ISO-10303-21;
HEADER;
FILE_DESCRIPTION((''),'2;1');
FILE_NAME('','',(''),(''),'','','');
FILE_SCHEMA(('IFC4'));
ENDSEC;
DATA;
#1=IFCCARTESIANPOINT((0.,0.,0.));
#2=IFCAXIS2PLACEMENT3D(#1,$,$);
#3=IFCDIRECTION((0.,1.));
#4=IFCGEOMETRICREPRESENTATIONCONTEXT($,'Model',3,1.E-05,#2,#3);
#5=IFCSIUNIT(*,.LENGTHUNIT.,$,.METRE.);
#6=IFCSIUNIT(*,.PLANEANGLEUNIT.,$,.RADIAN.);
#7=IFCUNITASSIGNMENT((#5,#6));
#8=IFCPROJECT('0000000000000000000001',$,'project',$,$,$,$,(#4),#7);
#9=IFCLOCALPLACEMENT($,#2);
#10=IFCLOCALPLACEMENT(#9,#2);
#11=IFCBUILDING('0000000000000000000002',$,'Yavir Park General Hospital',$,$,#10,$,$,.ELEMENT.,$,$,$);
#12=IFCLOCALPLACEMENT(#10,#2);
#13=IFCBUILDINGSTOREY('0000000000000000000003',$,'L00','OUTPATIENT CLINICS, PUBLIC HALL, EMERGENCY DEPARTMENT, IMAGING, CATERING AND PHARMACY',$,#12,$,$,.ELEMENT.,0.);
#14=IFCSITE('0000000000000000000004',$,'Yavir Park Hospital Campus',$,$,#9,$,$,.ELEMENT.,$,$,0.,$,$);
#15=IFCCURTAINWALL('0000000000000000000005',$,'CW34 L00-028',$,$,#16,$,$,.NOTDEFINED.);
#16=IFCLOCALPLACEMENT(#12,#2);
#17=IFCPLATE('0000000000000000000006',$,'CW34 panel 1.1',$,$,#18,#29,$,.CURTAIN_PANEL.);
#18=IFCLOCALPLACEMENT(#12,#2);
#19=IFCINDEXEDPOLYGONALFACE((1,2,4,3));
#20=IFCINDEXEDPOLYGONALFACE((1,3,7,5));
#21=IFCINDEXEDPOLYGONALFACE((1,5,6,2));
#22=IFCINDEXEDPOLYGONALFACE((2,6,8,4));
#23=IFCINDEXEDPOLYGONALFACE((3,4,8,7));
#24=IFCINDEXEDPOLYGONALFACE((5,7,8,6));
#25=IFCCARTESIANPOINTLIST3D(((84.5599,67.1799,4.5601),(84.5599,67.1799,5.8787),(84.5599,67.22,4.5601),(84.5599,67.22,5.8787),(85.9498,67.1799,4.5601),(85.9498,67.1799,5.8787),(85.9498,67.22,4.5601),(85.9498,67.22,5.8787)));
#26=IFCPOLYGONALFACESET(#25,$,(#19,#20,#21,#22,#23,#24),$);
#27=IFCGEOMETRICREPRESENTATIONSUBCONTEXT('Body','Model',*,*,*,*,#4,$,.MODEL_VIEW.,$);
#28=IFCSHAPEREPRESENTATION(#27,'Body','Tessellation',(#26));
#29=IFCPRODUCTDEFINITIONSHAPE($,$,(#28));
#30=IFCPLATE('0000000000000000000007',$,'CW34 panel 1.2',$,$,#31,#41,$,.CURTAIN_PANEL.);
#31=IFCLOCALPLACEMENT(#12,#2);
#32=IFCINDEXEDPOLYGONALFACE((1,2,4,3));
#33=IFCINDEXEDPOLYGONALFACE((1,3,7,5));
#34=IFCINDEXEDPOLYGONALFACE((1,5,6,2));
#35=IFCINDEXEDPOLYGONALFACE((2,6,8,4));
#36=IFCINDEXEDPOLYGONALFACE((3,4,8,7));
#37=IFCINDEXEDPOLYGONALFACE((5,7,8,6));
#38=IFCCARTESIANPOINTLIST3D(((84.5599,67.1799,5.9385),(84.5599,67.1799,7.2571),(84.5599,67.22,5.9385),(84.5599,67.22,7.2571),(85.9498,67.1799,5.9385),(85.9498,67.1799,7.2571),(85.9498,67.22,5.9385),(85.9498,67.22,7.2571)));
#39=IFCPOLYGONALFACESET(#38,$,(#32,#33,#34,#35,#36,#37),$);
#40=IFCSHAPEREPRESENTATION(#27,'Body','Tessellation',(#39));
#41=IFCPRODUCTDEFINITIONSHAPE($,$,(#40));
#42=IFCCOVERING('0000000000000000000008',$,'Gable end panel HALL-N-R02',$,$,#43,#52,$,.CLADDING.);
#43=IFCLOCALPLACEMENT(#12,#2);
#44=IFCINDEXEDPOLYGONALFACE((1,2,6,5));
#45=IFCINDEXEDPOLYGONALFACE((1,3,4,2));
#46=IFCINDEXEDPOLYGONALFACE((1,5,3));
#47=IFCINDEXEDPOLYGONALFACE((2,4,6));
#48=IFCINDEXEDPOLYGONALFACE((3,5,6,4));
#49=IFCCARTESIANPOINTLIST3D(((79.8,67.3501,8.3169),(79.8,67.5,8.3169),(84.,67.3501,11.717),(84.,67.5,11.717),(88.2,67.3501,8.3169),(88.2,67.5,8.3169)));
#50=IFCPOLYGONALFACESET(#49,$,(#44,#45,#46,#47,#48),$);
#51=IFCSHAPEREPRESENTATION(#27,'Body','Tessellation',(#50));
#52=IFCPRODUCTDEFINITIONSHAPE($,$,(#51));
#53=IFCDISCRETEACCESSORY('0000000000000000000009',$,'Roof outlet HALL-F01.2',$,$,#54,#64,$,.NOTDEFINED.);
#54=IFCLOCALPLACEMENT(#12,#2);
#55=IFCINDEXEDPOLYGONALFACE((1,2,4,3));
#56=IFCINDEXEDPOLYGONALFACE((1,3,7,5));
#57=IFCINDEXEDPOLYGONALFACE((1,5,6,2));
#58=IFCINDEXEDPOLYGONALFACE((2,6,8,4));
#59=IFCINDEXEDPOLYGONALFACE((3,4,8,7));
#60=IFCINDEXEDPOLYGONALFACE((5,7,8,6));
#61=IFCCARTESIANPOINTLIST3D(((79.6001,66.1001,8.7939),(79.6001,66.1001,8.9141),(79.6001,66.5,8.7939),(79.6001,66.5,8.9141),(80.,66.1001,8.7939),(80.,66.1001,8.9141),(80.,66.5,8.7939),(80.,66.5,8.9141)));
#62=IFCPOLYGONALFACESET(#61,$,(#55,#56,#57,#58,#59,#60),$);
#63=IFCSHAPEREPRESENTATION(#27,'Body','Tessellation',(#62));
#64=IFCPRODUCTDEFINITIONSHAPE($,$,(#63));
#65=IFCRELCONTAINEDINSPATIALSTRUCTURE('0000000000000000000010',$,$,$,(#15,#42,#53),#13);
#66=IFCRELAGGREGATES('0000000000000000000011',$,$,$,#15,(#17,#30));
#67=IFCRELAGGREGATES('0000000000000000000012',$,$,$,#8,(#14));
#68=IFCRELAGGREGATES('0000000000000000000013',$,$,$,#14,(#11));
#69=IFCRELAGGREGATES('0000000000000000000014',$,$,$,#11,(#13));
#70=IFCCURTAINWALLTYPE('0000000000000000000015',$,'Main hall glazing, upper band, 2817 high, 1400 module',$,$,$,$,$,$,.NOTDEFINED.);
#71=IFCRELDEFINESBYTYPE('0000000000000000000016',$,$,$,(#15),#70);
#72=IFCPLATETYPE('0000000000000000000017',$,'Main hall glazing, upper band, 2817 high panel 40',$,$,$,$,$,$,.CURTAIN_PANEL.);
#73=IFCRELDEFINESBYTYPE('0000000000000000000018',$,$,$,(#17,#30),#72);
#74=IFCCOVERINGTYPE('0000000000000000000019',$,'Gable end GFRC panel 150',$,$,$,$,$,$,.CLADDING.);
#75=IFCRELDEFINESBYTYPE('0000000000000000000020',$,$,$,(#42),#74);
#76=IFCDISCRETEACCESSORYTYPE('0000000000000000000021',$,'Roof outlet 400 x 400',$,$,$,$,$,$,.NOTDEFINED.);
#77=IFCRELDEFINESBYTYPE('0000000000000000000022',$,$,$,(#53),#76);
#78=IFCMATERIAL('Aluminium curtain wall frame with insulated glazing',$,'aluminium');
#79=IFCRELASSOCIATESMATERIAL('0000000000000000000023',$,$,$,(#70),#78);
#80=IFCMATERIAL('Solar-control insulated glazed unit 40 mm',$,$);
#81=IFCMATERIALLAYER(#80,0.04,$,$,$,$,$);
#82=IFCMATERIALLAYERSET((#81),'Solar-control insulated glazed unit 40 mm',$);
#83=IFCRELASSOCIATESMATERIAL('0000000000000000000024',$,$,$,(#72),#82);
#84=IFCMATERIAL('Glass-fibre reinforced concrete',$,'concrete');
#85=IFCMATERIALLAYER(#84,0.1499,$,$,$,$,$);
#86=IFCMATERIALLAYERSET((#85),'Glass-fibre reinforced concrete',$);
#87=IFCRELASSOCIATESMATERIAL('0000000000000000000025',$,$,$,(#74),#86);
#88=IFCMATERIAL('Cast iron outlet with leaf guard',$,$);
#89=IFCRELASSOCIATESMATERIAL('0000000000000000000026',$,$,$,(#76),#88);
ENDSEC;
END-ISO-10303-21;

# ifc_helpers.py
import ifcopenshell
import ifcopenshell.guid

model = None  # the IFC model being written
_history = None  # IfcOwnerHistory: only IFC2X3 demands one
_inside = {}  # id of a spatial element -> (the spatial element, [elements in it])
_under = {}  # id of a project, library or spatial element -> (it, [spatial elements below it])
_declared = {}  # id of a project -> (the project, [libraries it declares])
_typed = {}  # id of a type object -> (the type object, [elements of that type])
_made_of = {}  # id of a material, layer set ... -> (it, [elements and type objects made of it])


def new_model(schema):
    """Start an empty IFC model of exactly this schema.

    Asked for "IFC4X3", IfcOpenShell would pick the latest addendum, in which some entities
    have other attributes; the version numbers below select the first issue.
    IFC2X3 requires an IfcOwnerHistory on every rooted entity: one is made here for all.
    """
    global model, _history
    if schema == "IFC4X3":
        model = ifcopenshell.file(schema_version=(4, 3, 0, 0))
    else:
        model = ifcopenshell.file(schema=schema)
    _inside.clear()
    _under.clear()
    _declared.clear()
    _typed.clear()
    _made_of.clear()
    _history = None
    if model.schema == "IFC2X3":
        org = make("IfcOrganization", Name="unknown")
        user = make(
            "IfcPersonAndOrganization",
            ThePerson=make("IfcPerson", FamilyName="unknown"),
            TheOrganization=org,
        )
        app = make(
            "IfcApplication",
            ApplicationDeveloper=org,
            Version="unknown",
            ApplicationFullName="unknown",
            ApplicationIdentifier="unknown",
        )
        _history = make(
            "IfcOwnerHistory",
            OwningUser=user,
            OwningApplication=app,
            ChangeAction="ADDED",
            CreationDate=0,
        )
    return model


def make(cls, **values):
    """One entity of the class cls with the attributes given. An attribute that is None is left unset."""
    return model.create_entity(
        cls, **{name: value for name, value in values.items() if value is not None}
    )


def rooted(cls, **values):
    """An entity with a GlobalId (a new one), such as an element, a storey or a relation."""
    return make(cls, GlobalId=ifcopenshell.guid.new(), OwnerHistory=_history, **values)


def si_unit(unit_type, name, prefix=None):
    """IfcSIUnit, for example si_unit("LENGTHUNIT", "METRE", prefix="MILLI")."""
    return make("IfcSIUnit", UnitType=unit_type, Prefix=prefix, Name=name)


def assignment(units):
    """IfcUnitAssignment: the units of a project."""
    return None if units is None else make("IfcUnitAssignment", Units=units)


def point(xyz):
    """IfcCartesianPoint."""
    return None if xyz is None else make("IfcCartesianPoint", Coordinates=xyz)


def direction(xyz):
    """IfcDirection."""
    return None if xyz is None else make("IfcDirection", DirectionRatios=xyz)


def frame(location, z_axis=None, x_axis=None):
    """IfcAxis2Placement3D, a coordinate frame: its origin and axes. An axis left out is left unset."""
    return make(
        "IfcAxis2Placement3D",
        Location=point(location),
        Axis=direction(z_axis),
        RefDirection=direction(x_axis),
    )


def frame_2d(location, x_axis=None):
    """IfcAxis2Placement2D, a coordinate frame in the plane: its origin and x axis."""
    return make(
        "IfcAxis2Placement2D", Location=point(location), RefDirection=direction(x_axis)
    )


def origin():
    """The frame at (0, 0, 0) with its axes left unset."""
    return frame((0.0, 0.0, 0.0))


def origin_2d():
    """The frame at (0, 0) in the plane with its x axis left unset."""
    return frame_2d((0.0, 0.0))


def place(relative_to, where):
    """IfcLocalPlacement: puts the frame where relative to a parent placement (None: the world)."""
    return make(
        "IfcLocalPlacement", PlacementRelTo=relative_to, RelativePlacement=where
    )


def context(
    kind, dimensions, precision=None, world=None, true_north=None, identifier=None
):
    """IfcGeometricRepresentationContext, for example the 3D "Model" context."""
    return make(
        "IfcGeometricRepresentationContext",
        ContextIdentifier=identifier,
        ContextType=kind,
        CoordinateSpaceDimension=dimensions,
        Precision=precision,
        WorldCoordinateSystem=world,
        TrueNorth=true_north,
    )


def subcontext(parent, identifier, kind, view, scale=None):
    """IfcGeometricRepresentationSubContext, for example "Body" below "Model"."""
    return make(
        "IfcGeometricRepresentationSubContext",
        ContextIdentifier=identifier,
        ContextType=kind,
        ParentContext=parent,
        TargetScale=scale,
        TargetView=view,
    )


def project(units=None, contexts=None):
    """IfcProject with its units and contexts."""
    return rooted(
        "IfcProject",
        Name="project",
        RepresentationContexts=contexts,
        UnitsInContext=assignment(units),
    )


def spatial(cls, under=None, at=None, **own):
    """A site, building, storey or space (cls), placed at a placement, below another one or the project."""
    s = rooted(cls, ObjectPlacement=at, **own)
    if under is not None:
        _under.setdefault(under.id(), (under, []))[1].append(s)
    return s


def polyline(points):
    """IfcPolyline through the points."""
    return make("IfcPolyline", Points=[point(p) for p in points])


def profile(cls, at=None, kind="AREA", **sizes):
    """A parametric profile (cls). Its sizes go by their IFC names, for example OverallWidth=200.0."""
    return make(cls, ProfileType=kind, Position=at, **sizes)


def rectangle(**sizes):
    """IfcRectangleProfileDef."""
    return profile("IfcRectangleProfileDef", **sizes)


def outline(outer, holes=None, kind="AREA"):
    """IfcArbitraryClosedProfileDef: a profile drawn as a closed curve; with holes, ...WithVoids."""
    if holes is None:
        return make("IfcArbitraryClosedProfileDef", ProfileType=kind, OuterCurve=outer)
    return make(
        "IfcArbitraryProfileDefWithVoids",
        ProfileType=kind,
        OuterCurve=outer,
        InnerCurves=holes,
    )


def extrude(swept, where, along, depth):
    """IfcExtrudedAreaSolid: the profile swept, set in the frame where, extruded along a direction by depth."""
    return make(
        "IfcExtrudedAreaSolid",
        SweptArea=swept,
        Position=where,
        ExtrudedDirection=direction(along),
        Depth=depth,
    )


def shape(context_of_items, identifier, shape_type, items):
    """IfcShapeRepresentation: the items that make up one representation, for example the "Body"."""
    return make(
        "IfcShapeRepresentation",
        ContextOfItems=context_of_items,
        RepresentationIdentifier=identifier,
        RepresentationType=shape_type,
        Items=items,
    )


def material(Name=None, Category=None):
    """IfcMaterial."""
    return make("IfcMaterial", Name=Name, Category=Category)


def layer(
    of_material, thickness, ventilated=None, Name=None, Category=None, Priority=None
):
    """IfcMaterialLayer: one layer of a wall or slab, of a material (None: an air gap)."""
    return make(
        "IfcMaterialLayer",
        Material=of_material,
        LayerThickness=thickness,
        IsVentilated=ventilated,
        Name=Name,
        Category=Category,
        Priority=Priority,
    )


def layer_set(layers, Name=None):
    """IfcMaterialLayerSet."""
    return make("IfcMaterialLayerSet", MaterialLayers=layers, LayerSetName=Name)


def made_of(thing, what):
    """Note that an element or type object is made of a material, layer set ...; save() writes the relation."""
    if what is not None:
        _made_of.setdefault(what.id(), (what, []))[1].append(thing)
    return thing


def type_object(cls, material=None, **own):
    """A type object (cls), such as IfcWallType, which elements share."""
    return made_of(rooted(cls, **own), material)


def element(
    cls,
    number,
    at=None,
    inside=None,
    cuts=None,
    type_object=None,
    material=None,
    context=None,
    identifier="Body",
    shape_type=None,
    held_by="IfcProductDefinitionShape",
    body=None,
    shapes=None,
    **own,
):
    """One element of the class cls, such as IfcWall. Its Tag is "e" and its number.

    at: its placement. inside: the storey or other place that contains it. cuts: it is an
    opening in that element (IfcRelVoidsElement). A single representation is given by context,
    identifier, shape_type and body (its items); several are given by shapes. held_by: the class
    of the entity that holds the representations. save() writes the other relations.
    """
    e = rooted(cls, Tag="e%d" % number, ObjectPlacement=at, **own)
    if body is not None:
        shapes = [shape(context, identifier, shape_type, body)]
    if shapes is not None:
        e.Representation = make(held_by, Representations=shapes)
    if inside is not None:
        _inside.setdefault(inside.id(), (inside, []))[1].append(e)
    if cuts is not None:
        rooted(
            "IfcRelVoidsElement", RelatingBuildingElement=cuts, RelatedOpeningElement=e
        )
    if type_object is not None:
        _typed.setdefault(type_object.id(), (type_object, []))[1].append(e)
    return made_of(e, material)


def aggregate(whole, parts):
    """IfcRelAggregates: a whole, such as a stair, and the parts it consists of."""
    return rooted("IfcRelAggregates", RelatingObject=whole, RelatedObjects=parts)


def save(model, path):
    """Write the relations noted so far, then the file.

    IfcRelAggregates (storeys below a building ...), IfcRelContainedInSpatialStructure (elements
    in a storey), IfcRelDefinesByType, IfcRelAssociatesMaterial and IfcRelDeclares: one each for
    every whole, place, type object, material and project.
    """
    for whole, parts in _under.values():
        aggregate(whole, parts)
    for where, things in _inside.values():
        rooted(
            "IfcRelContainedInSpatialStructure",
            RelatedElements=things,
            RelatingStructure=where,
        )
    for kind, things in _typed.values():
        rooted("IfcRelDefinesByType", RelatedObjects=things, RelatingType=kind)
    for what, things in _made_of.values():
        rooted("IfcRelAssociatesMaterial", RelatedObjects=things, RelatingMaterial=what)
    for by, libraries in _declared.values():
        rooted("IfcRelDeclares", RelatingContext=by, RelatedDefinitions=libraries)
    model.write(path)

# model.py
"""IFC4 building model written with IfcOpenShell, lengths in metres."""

from ifc_helpers import new_model, si_unit, direction, frame, origin, origin_2d, place, context, subcontext, project, spatial, polyline, rectangle, outline, extrude, material, layer, layer_set, type_object, element, aggregate, save


model = new_model("IFC4")

# Units and contexts
model_context = context("Model", 3, precision=1e-05, world=origin(), true_north=direction((0.0, 1.0)))
body_context = subcontext(model_context, "Body", "Model", "MODEL_VIEW")
ifc_project = project(units=[si_unit("LENGTHUNIT", "METRE"), si_unit("PLANEANGLEUNIT", "RADIAN")], contexts=[model_context])

# Site, building, storey
site_placement = place(None, origin())
site = spatial("IfcSite", under=ifc_project, at=site_placement, Name="Yavir Park Hospital Campus", CompositionType="ELEMENT", RefElevation=0.0)
building_placement = place(site_placement, origin())
building = spatial("IfcBuilding", under=site, at=building_placement, Name="Yavir Park General Hospital", CompositionType="ELEMENT")
storey_placement = place(building_placement, origin())
storey = spatial("IfcBuildingStorey", under=building, at=storey_placement, Name="L00", Description="OUTPATIENT CLINICS, PUBLIC HALL, EMERGENCY DEPARTMENT, IMAGING, CATERING AND PHARMACY", CompositionType="ELEMENT", Elevation=0.0)

# Shared definitions
ifc_material_1 = material(Name="Aluminium curtain wall frame with insulated glazing", Category="aluminium")
curtain_wall_type_1 = type_object("IfcCurtainWallType", Name="Main hall glazing, upper band, 2817 high, 1400 module", PredefinedType="NOTDEFINED", material=ifc_material_1)

# Curtain wall
curtain_wall_1_placement = place(storey_placement, origin())
curtain_wall_1 = element("IfcCurtainWall", 1, at=curtain_wall_1_placement, inside=storey, type_object=curtain_wall_type_1, Name="CW34 L00-028", PredefinedType="NOTDEFINED")

# Plates
ifc_material_2 = material(Name="Solar-control insulated glazed unit 40 mm")
ifc_layer_1 = layer(ifc_material_2, 0.04)
ifc_layer_set_1 = layer_set([ifc_layer_1], Name="Solar-control insulated glazed unit 40 mm")
plate_type_1 = type_object("IfcPlateType", Name="Main hall glazing, upper band, 2817 high panel 40", PredefinedType="CURTAIN_PANEL", material=ifc_layer_set_1)
plate_1_placement = place(storey_placement, frame((85.2549, 67.2, 4.5601), z_axis=(0.0, 0.0, 1.0), x_axis=(1.0, 0.0, 0.0)))
plate_1 = element("IfcPlate", 2, at=plate_1_placement, type_object=plate_type_1, Name="CW34 panel 1.1", PredefinedType="CURTAIN_PANEL", context=body_context, shape_type="SweptSolid", body=[
    extrude(rectangle(XDim=1.3899, YDim=0.04, at=origin_2d()), origin(), (0.0, 0.0, 1.0), 1.3186),
])
plate_2_placement = place(storey_placement, frame((85.2549, 67.2, 5.9385), z_axis=(0.0, 0.0, 1.0), x_axis=(1.0, 0.0, 0.0)))
plate_2 = element("IfcPlate", 3, at=plate_2_placement, type_object=plate_type_1, Name="CW34 panel 1.2", PredefinedType="CURTAIN_PANEL", context=body_context, shape_type="SweptSolid", body=[
    extrude(rectangle(XDim=1.3899, YDim=0.04, at=origin_2d()), origin(), (0.0, 0.0, 1.0), 1.3186),
])
aggregate(curtain_wall_1, [plate_1, plate_2])

# Covering
ifc_material_3 = material(Name="Glass-fibre reinforced concrete", Category="concrete")
ifc_layer_2 = layer(ifc_material_3, 0.1499)
ifc_layer_set_2 = layer_set([ifc_layer_2], Name="Glass-fibre reinforced concrete")
covering_type = type_object("IfcCoveringType", Name="Gable end GFRC panel 150", PredefinedType="CLADDING", material=ifc_layer_set_2)
covering_placement = place(storey_placement, frame((79.8, 67.5, 8.3169), z_axis=(0.0, 1.0, 0.0), x_axis=(1.0, 0.0, 0.0)))
element("IfcCovering", 4, at=covering_placement, inside=storey, type_object=covering_type, Name="Gable end panel HALL-N-R02", PredefinedType="CLADDING", context=body_context, shape_type="SweptSolid", body=[
    extrude(outline(polyline([(0.0, 0.0), (8.3999, 0.0), (4.2, -3.4001), (0.0, 0.0)])), origin(), (0.0, 0.0, -1.0), 0.1499),
])

# Discrete accessory
ifc_material_4 = material(Name="Cast iron outlet with leaf guard")
discrete_accessory_type = type_object("IfcDiscreteAccessoryType", Name="Roof outlet 400 x 400", PredefinedType="NOTDEFINED", material=ifc_material_4)
discrete_accessory_placement = place(storey_placement, frame((79.8, 66.3, 8.7939), z_axis=(0.0, 0.0, 1.0), x_axis=(1.0, 0.0, 0.0)))
element("IfcDiscreteAccessory", 5, at=discrete_accessory_placement, inside=storey, type_object=discrete_accessory_type, Name="Roof outlet HALL-F01.2", PredefinedType="NOTDEFINED", context=body_context, shape_type="SweptSolid", body=[
    extrude(rectangle(XDim=0.3999, YDim=0.3999, at=origin_2d()), origin(), (0.0, 0.0, 1.0), 0.1201),
])

save(model, "model.ifc")
